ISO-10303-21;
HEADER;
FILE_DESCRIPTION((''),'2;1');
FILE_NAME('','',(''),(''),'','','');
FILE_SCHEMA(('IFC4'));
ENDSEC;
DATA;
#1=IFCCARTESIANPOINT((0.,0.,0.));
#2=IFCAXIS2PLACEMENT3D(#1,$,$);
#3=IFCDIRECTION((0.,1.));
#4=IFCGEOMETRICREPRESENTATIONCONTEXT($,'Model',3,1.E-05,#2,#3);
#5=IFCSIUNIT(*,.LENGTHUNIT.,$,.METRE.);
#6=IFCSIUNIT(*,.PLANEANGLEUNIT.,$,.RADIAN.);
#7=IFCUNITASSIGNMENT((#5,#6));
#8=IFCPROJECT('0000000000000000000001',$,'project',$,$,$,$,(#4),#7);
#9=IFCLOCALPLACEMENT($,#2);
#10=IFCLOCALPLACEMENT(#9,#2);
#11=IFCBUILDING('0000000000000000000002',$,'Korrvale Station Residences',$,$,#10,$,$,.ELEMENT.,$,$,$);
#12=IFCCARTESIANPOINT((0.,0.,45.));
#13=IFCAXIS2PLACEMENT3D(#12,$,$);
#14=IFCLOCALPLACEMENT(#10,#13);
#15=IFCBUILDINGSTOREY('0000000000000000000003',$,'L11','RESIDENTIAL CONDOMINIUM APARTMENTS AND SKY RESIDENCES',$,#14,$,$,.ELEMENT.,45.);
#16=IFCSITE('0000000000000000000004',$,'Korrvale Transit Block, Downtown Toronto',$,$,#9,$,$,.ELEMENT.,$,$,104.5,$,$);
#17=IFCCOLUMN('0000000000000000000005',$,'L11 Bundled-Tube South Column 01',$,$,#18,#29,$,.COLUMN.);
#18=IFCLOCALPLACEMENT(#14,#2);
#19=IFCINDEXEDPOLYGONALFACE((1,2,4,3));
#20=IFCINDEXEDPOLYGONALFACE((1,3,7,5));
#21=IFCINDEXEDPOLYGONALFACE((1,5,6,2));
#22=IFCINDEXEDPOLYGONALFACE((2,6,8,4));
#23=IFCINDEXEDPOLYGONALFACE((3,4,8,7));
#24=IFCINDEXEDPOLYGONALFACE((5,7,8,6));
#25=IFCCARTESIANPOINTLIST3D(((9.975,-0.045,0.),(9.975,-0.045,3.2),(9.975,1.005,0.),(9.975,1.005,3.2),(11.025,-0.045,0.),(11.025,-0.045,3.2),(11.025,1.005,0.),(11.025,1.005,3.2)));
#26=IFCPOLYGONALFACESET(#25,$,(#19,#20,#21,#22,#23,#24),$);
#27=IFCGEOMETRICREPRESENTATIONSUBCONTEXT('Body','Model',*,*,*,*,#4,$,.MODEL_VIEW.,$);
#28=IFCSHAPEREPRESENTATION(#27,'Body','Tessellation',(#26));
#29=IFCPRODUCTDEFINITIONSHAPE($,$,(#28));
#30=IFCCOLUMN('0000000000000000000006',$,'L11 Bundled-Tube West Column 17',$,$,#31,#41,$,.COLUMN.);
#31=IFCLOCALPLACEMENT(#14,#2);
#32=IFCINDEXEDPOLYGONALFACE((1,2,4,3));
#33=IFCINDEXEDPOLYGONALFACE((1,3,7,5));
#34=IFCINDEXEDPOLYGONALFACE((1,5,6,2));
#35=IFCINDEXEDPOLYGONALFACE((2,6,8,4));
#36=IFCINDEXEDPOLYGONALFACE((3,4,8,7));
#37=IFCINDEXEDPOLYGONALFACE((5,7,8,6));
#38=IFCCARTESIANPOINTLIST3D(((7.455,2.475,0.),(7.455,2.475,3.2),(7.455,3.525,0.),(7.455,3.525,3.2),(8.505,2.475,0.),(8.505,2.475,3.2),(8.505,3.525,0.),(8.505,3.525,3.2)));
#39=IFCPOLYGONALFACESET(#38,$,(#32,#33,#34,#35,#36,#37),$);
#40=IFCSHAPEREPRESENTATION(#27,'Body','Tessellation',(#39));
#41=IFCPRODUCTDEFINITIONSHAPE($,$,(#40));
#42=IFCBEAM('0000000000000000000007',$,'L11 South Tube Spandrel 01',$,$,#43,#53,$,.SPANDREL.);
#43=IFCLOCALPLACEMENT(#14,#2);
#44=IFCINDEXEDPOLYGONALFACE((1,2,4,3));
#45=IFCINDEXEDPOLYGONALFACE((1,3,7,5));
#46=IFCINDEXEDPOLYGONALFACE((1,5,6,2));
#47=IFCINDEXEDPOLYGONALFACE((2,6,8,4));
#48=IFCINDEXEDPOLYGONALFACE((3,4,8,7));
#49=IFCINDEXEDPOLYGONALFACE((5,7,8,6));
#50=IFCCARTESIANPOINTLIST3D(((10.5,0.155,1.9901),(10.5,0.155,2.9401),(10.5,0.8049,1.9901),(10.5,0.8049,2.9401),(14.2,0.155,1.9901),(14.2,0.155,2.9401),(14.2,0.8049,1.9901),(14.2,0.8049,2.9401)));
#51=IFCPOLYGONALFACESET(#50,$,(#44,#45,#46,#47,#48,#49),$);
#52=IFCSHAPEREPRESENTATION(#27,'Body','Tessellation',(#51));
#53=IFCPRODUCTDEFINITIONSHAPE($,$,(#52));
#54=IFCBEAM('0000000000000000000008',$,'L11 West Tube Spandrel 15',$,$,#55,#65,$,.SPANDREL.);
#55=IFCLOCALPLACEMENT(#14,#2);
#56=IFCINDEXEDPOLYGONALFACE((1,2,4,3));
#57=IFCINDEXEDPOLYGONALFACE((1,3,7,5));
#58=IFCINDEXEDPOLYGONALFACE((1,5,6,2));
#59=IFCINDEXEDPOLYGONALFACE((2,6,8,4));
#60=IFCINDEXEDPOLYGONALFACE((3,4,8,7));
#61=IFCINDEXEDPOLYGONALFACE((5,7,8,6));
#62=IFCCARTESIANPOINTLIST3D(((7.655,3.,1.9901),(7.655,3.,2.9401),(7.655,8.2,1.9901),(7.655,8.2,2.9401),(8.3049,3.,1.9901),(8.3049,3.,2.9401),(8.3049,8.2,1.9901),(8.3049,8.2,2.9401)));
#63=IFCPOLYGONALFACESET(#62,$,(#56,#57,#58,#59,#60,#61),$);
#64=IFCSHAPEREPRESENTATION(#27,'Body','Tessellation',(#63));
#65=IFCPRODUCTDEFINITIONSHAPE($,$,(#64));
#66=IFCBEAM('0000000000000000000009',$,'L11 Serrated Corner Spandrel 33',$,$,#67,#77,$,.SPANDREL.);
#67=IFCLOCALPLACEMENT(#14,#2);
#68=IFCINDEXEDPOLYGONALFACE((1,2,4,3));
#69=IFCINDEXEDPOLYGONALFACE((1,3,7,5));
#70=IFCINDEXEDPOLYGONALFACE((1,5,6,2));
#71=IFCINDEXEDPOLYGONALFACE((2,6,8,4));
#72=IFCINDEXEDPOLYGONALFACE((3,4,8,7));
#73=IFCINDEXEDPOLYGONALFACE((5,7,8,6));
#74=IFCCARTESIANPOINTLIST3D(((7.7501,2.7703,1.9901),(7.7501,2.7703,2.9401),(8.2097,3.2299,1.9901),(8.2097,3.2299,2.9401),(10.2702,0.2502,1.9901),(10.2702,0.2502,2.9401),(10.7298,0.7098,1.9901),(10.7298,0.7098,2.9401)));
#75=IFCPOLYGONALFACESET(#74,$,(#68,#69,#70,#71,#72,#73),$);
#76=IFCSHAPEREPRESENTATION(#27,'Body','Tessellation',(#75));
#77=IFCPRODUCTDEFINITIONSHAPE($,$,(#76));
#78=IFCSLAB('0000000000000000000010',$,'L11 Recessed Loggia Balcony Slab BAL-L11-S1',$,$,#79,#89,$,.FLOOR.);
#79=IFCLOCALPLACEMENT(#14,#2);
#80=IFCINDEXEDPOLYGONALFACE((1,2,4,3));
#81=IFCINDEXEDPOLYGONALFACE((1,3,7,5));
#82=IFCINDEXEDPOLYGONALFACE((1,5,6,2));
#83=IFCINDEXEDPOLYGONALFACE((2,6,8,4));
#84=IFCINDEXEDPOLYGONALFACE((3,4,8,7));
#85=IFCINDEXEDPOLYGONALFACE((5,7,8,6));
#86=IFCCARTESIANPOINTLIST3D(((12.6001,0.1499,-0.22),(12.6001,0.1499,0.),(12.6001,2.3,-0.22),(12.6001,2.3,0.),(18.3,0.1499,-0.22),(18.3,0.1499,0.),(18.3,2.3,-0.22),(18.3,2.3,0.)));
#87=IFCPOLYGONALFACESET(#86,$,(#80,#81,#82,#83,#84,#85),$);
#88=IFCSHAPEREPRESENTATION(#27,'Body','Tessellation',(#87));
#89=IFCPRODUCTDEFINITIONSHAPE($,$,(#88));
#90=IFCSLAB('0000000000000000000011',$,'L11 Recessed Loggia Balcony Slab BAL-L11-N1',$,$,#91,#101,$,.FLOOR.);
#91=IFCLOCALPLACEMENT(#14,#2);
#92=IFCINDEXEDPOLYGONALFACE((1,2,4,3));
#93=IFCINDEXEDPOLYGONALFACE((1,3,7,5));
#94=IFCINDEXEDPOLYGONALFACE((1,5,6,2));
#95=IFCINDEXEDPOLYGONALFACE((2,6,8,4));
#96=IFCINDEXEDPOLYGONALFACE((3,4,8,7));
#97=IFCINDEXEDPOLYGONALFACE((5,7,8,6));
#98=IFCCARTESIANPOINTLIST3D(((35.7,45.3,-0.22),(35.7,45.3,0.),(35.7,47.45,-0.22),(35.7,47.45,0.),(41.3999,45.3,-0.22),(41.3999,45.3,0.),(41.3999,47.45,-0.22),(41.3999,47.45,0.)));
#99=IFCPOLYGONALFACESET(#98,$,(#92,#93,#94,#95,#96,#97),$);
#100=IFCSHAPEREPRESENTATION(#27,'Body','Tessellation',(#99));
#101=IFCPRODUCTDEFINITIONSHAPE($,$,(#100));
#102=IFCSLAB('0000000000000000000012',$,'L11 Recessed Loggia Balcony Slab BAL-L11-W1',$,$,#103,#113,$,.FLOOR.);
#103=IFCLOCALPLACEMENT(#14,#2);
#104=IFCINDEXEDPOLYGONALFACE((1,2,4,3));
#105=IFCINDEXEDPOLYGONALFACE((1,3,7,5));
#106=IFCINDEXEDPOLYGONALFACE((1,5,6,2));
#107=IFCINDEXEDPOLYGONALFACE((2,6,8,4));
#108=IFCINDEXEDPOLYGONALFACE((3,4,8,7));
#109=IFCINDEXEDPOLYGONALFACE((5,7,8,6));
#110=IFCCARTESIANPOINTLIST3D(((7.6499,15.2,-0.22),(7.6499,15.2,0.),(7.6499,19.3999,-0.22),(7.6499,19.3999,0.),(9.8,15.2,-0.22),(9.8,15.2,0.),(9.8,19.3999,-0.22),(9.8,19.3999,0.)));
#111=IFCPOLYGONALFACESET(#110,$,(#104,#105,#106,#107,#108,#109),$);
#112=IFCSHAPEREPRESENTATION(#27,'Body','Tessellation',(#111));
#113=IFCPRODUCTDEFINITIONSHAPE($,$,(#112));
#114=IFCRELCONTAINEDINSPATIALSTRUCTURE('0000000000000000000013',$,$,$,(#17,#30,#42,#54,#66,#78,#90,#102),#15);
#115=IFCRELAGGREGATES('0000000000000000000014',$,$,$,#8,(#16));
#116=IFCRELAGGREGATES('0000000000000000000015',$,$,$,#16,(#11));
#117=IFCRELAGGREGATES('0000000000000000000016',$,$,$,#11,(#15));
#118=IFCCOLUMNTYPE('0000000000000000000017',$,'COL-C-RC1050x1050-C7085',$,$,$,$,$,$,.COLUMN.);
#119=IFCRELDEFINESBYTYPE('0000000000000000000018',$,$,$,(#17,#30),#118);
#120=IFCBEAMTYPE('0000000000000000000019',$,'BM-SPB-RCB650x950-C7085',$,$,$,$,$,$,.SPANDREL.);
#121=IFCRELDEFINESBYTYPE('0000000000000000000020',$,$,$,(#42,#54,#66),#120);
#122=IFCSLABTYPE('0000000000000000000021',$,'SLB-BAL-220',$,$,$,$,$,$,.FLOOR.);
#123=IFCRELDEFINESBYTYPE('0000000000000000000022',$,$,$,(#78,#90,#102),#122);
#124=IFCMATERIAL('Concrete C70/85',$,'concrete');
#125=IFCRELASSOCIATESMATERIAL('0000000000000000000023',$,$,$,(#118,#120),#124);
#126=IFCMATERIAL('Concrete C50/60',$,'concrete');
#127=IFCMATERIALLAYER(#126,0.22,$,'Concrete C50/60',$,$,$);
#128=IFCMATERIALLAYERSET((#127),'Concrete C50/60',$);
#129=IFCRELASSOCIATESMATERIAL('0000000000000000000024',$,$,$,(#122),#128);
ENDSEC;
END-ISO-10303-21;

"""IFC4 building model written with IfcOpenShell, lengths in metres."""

from ifc_helpers import new_model, si_unit, direction, frame, origin, origin_2d, place, context, subcontext, project, spatial, polyline, rectangle, outline, extrude, material, layer, layer_set, material_profile, profile_set, type_object, element, save


model = new_model("IFC4")

# Units and contexts
model_context = context("Model", 3, precision=1e-05, world=origin(), true_north=direction((0.0, 1.0)))
body_context = subcontext(model_context, "Body", "Model", "MODEL_VIEW")
ifc_project = project(units=[si_unit("LENGTHUNIT", "METRE"), si_unit("PLANEANGLEUNIT", "RADIAN")], contexts=[model_context])

# Site, building, storey
site_placement = place(None, origin())
site = spatial("IfcSite", under=ifc_project, at=site_placement, Name="Korrvale Transit Block, Downtown Toronto", CompositionType="ELEMENT", RefElevation=104.5)
building_placement = place(site_placement, origin())
building = spatial("IfcBuilding", under=site, at=building_placement, Name="Korrvale Station Residences", CompositionType="ELEMENT")
storey_placement = place(building_placement, frame((0.0, 0.0, 45.0)))
storey = spatial("IfcBuildingStorey", under=building, at=storey_placement, Name="L11", Description="RESIDENTIAL CONDOMINIUM APARTMENTS AND SKY RESIDENCES", CompositionType="ELEMENT", Elevation=45.0)

# Columns
ifc_material_1 = material(Name="Concrete C70/85", Category="concrete")
ifc_material_profile_1 = material_profile(ifc_material_1, rectangle(XDim=1.05, YDim=1.05, at=origin_2d()), Name="RC1050x1050")
ifc_profile_set_1 = profile_set([ifc_material_profile_1], Name="Concrete C70/85")
column_type = type_object("IfcColumnType", Name="COL-C-RC1050x1050-C7085", PredefinedType="COLUMN", material=ifc_profile_set_1)
for number, where, z_axis, x_axis, name in (
    (1, (10.5, 0.48, 0.0), (0.0, 0.0, 1.0), (1.0, 0.0, 0.0), "L11 Bundled-Tube South Column 01"),
    (2, (7.98, 3.0, 0.0), (0.0, 0.0, 1.0), (1.0, 0.0, 0.0), "L11 Bundled-Tube West Column 17"),
):
    element("IfcColumn", number, at=place(storey_placement, frame(where, z_axis=z_axis, x_axis=x_axis)), inside=storey, type_object=column_type, Name=name, PredefinedType="COLUMN", context=body_context, shape_type="SweptSolid", body=[
        extrude(rectangle(XDim=1.05, YDim=1.05, at=origin_2d()), origin(), (0.0, 0.0, 1.0), 3.2),
    ])

# Beams
ifc_material_profile_2 = material_profile(ifc_material_1, rectangle(XDim=0.6499, YDim=0.95, at=origin_2d()), Name="RCB650x950")
ifc_profile_set_2 = profile_set([ifc_material_profile_2], Name="Concrete C70/85")
beam_type = type_object("IfcBeamType", Name="BM-SPB-RCB650x950-C7085", PredefinedType="SPANDREL", material=ifc_profile_set_2)
beam_1_placement = place(storey_placement, frame((10.5, 0.48, 2.4651), z_axis=(1.0, 0.0, 0.0), x_axis=(0.0, 1.0, 0.0)))
element("IfcBeam", 3, at=beam_1_placement, inside=storey, type_object=beam_type, Name="L11 South Tube Spandrel 01", PredefinedType="SPANDREL", context=body_context, shape_type="SweptSolid", body=[
    extrude(rectangle(XDim=0.6499, YDim=0.95, at=origin_2d()), origin(), (0.0, 0.0, 1.0), 3.7),
])
beam_2_placement = place(storey_placement, frame((7.98, 3.0, 2.4651), z_axis=(0.0, 1.0, 0.0), x_axis=(-1.0, 0.0, 0.0)))
element("IfcBeam", 4, at=beam_2_placement, inside=storey, type_object=beam_type, Name="L11 West Tube Spandrel 15", PredefinedType="SPANDREL", context=body_context, shape_type="SweptSolid", body=[
    extrude(rectangle(XDim=0.6499, YDim=0.95, at=origin_2d()), origin(), (0.0, 0.0, 1.0), 5.2),
])
beam_3_placement = place(storey_placement, frame((10.5, 0.48, 2.4651), z_axis=(-0.707107, 0.707107, 0.0), x_axis=(-0.707107, -0.707107, 0.0)))
element("IfcBeam", 5, at=beam_3_placement, inside=storey, type_object=beam_type, Name="L11 Serrated Corner Spandrel 33", PredefinedType="SPANDREL", context=body_context, shape_type="SweptSolid", body=[
    extrude(rectangle(XDim=0.6499, YDim=0.95, at=origin_2d()), origin(), (0.0, 0.0, 1.0), 3.564),
])

# Slabs
ifc_material_2 = material(Name="Concrete C50/60", Category="concrete")
ifc_layer_1 = layer(ifc_material_2, 0.22, Name="Concrete C50/60")
ifc_layer_set_1 = layer_set([ifc_layer_1], Name="Concrete C50/60")
slab_type_1 = type_object("IfcSlabType", Name="SLB-BAL-220", PredefinedType="FLOOR", material=ifc_layer_set_1)
slab_1_placement = place(storey_placement, frame((0.0, 0.0, -0.22)))
element("IfcSlab", 6, at=slab_1_placement, inside=storey, type_object=slab_type_1, Name="L11 Recessed Loggia Balcony Slab BAL-L11-S1", PredefinedType="FLOOR", context=body_context, shape_type="SweptSolid", body=[
    extrude(outline(polyline([(12.6001, 0.1499), (18.3, 0.1499), (18.3, 2.3), (12.6001, 2.3), (12.6001, 0.1499)])), origin(), (0.0, 0.0, 1.0), 0.22),
])
slab_2_placement = place(storey_placement, frame((0.0, 0.0, -0.22)))
element("IfcSlab", 7, at=slab_2_placement, inside=storey, type_object=slab_type_1, Name="L11 Recessed Loggia Balcony Slab BAL-L11-N1", PredefinedType="FLOOR", context=body_context, shape_type="SweptSolid", body=[
    extrude(outline(polyline([(35.7, 45.3), (41.3999, 45.3), (41.3999, 47.45), (35.7, 47.45), (35.7, 45.3)])), origin(), (0.0, 0.0, 1.0), 0.22),
])
slab_3_placement = place(storey_placement, frame((0.0, 0.0, -0.22)))
element("IfcSlab", 8, at=slab_3_placement, inside=storey, type_object=slab_type_1, Name="L11 Recessed Loggia Balcony Slab BAL-L11-W1", PredefinedType="FLOOR", context=body_context, shape_type="SweptSolid", body=[
    extrude(outline(polyline([(7.6499, 15.2), (9.8, 15.2), (9.8, 19.3999), (7.6499, 19.3999), (7.6499, 15.2)])), origin(), (0.0, 0.0, 1.0), 0.22),
])

save(model, "model.ifc")
